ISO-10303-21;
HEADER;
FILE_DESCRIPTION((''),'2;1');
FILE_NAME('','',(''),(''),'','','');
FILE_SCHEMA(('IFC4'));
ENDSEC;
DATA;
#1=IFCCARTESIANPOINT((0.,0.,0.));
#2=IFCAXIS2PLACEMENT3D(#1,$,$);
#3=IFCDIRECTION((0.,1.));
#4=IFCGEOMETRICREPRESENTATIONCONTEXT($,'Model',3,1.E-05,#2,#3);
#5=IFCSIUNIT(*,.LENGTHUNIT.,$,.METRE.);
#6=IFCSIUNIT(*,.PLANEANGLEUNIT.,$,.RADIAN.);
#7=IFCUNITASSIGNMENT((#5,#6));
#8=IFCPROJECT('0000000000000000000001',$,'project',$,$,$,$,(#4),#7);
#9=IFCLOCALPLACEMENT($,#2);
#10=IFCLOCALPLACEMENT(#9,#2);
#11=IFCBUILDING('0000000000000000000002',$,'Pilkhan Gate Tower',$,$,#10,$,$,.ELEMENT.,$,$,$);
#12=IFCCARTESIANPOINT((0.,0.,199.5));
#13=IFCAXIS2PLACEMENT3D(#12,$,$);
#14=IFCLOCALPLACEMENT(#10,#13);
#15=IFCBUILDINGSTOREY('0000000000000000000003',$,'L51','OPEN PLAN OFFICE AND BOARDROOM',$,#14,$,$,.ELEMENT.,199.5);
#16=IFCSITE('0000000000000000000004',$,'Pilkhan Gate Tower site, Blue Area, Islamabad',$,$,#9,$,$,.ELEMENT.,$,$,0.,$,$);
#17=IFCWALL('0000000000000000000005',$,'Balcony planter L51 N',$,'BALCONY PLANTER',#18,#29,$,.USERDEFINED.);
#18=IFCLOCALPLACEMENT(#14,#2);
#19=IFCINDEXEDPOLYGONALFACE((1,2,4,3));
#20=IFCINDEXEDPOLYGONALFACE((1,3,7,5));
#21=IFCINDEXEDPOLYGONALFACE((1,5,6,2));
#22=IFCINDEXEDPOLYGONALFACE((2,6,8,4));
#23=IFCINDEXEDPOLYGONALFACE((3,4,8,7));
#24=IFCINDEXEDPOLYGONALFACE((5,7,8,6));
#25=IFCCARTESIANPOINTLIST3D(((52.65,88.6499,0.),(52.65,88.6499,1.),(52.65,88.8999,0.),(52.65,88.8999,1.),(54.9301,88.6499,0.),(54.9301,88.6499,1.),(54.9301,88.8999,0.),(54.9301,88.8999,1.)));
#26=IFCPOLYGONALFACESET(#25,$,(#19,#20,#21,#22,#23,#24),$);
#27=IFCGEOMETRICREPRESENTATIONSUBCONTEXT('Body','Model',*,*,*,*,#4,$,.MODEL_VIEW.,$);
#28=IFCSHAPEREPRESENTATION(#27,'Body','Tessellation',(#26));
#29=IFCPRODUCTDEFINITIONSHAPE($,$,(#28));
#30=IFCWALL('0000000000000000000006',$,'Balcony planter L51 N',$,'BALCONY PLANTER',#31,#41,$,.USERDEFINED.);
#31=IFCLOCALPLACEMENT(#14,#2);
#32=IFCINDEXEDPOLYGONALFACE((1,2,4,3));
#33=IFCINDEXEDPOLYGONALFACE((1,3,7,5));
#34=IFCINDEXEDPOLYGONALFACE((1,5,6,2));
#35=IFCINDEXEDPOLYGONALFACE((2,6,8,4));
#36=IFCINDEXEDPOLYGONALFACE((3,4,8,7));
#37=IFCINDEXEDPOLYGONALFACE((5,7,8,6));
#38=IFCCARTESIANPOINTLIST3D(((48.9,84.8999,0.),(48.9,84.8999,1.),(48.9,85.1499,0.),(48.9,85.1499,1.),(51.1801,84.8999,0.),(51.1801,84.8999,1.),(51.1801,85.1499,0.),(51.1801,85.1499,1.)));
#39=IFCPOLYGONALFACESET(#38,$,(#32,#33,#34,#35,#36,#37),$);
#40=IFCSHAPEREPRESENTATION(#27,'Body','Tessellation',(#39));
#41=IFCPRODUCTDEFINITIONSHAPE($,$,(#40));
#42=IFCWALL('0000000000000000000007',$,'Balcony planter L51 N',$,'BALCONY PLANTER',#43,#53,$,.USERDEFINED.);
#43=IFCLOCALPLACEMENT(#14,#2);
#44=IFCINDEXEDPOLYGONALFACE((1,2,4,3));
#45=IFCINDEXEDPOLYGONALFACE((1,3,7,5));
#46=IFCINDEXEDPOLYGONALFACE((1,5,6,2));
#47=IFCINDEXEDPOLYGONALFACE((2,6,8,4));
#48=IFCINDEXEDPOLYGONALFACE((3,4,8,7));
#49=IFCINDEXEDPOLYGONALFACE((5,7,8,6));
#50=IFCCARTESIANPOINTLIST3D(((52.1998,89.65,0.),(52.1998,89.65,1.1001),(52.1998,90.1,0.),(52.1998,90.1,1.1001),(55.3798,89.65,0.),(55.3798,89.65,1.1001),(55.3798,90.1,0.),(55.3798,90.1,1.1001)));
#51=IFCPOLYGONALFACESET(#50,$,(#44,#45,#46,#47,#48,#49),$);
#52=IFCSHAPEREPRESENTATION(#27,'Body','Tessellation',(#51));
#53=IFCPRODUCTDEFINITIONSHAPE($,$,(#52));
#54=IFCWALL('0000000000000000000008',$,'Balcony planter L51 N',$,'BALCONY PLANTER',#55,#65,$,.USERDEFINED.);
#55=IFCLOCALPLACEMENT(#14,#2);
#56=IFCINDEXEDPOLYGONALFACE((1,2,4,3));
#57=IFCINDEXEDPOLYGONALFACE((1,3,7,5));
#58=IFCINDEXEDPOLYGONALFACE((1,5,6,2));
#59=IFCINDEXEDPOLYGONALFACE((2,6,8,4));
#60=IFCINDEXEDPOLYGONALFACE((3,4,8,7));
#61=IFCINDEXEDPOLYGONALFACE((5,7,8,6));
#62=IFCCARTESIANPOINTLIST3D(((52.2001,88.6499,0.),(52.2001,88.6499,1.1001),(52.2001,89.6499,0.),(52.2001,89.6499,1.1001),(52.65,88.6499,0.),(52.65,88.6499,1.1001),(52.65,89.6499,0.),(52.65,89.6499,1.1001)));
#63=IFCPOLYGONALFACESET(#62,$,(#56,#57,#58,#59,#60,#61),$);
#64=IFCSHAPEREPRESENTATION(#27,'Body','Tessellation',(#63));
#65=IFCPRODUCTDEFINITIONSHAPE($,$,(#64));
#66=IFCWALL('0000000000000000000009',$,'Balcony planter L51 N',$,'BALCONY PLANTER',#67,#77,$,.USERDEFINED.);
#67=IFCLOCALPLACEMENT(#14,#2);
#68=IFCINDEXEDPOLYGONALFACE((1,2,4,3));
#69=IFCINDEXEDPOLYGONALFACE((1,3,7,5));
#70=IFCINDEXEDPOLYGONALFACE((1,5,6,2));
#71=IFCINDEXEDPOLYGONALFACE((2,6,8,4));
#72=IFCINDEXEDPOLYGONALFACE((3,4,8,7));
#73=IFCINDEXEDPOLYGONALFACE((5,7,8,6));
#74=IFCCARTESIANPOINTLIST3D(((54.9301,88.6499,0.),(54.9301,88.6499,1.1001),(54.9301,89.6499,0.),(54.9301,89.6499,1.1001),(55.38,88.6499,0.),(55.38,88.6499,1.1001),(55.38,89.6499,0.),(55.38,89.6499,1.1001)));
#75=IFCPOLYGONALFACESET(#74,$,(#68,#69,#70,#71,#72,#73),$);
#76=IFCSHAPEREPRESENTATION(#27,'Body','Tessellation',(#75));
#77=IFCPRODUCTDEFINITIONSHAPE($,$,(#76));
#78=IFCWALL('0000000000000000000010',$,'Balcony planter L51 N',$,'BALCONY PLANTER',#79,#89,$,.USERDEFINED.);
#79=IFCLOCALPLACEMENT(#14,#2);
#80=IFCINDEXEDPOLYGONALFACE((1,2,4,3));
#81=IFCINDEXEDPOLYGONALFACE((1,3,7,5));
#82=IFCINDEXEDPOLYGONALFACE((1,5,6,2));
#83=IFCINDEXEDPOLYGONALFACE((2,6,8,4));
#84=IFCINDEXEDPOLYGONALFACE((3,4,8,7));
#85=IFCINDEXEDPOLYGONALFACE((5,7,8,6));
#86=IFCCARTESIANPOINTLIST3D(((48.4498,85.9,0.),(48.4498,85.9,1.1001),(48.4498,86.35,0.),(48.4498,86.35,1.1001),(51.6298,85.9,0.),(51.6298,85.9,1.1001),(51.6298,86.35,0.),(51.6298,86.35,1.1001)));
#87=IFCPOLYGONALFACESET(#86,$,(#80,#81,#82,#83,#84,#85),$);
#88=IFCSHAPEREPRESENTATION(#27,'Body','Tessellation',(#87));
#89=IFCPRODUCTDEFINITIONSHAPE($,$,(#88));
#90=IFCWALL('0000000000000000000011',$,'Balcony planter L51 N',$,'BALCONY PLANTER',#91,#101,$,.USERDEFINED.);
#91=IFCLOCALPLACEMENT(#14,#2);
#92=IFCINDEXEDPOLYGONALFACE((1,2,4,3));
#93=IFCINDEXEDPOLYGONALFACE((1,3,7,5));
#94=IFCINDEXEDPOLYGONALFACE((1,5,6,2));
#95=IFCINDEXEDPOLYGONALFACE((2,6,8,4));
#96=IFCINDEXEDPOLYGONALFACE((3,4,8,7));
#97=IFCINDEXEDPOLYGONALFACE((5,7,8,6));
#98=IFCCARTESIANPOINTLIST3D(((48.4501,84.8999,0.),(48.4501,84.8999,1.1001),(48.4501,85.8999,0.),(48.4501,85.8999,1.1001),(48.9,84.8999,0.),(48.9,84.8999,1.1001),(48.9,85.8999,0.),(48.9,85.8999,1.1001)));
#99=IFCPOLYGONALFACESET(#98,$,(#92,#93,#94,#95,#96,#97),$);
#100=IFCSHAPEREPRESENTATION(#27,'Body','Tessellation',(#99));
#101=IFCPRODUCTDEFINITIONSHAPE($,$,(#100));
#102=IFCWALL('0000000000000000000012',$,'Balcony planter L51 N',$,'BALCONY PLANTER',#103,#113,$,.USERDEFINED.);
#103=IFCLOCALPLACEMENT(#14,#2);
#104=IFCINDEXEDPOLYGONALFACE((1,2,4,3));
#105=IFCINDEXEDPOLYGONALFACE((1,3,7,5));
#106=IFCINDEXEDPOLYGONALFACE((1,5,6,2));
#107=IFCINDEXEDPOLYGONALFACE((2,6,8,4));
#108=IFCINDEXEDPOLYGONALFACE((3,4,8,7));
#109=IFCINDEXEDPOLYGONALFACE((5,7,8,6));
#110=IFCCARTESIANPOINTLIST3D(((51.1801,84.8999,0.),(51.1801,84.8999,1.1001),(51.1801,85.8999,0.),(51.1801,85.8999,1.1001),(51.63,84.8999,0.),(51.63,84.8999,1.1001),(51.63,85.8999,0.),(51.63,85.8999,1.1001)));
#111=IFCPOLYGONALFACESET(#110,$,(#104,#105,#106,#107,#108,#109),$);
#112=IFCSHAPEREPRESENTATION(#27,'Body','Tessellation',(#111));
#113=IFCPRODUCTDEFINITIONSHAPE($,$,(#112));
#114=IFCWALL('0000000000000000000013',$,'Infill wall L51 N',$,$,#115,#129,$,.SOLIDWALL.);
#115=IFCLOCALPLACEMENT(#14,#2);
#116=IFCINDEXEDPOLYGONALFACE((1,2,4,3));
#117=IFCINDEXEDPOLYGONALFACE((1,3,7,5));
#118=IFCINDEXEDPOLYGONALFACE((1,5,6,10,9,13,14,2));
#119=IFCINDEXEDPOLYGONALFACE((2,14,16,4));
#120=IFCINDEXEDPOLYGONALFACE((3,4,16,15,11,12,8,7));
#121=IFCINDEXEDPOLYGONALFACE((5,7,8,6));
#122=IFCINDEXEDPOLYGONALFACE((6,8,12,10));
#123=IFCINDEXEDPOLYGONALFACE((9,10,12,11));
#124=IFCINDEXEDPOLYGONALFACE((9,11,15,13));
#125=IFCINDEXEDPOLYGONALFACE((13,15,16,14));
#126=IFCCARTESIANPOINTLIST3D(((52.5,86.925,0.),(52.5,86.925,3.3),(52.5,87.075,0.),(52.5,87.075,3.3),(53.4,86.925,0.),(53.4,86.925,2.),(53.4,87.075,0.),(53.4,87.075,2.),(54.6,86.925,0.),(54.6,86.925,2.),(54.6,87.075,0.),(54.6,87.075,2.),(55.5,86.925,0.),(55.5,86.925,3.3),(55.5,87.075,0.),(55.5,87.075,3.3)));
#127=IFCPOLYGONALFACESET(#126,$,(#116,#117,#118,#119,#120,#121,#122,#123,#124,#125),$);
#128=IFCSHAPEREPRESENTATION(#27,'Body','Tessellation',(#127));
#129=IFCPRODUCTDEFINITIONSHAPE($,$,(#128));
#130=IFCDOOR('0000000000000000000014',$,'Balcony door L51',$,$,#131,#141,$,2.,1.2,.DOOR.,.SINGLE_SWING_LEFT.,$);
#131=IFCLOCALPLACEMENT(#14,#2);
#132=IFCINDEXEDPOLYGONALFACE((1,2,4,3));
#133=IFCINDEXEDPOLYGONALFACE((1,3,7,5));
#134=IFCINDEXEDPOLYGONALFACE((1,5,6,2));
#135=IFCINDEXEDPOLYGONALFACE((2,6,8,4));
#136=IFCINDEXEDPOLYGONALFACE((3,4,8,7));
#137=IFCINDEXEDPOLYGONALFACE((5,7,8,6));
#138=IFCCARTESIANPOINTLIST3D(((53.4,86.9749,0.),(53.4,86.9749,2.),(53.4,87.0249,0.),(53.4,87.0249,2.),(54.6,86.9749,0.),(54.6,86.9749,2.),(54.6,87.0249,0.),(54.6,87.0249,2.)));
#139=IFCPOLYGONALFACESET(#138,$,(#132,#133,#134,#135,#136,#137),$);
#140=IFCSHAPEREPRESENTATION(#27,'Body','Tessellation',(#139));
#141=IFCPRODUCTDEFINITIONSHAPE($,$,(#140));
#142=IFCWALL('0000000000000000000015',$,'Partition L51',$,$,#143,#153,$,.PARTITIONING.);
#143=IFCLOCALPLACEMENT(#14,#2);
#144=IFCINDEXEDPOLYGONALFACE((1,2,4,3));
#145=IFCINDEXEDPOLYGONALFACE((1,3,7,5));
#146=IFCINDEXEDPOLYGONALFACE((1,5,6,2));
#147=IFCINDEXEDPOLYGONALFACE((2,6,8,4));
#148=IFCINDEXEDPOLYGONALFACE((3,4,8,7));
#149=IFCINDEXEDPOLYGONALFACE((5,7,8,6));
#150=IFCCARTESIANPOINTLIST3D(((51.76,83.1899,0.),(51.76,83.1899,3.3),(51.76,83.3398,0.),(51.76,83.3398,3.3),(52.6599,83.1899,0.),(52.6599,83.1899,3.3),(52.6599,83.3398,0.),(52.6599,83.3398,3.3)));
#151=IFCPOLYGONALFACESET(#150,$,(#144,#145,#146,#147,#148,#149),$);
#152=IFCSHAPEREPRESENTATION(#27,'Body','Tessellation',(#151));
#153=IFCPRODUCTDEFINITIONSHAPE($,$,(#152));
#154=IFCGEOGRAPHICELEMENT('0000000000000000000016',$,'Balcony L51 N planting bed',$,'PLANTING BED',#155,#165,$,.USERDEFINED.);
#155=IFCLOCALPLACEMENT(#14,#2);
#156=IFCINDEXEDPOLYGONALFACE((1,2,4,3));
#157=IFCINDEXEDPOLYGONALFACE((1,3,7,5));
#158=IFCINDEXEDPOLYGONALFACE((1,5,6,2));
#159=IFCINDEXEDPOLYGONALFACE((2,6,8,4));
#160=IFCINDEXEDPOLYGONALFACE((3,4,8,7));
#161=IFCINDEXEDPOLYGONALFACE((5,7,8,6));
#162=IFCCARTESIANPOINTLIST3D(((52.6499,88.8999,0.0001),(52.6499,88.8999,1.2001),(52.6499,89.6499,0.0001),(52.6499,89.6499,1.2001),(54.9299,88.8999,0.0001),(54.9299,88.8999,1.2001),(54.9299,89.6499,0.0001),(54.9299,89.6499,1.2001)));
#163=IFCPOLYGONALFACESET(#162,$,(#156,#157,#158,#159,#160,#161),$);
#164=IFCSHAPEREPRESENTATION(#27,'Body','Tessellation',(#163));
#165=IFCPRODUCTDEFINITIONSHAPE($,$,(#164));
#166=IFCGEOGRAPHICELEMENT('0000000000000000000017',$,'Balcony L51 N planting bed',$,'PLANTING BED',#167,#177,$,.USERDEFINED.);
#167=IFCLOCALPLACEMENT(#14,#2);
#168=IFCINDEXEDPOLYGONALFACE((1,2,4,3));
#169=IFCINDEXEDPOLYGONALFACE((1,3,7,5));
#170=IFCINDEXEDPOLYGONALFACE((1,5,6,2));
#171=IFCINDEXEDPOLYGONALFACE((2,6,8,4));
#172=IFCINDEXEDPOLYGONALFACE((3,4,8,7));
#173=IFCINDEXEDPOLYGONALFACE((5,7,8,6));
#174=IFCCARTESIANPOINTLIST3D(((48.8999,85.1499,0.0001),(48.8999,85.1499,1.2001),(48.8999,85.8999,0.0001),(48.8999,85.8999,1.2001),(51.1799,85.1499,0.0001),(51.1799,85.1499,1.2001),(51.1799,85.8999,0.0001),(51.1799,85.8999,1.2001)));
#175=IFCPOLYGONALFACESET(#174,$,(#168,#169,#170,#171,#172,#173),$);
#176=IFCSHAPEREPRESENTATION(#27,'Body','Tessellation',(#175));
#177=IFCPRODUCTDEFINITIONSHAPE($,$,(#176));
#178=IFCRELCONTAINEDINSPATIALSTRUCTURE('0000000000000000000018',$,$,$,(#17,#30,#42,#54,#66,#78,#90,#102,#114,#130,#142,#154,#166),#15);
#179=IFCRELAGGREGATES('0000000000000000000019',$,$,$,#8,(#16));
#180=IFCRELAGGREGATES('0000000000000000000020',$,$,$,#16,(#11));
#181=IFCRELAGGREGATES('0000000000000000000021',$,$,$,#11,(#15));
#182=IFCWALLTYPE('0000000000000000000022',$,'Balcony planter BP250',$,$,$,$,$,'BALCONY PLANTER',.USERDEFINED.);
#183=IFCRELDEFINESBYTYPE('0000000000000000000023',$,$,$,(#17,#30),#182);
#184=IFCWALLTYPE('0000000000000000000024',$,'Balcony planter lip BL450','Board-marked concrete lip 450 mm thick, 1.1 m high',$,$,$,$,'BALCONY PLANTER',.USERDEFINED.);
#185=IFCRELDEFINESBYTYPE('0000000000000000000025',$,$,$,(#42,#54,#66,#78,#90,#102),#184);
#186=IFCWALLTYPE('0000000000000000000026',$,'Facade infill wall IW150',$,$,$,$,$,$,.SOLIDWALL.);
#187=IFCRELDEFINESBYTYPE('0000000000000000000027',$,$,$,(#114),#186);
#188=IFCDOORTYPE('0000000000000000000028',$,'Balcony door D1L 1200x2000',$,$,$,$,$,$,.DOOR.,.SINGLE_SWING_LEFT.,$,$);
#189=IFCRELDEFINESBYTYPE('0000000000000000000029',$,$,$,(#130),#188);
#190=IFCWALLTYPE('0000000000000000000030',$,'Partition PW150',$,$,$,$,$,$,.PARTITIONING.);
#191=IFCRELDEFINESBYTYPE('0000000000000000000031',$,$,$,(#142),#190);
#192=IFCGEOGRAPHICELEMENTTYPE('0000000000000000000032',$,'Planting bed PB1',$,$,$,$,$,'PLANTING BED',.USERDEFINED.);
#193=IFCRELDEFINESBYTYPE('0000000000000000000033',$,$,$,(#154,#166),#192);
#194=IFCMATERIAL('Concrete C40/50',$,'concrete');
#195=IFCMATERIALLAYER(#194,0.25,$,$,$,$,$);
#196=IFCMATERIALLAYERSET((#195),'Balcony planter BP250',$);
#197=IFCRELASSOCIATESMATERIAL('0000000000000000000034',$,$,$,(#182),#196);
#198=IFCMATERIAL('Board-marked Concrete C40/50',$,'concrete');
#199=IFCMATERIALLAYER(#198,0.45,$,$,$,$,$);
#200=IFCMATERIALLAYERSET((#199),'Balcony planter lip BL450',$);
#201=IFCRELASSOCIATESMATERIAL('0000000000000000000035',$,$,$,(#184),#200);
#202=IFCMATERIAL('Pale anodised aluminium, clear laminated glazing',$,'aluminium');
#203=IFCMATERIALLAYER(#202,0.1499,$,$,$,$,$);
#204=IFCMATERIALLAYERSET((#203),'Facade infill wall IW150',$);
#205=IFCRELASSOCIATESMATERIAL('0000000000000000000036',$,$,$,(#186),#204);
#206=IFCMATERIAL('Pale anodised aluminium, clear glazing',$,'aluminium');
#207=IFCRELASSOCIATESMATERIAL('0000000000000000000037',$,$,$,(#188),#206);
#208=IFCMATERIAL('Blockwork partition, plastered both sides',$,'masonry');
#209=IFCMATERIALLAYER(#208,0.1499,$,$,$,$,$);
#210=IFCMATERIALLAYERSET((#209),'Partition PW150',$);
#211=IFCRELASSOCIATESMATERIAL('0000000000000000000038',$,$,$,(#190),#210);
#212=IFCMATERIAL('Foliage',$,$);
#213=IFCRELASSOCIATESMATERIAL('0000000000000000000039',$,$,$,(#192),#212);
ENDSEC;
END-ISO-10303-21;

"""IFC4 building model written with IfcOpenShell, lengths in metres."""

from ifc_helpers import new_model, si_unit, direction, frame, frame_2d, origin, origin_2d, place, context, subcontext, project, spatial, rectangle, extrude, material, layer, layer_set, material_profile, profile_set, type_object, element, fill, save


model = new_model("IFC4")

# Units and contexts
model_context = context("Model", 3, precision=1e-05, world=origin(), true_north=direction((0.0, 1.0)))
body_context = subcontext(model_context, "Body", "Model", "MODEL_VIEW")
ifc_project = project(units=[si_unit("LENGTHUNIT", "METRE"), si_unit("PLANEANGLEUNIT", "RADIAN")], contexts=[model_context])

# Site, building, storey
site_placement = place(None, origin())
site = spatial("IfcSite", under=ifc_project, at=site_placement, Name="Pilkhan Gate Tower site, Blue Area, Islamabad", CompositionType="ELEMENT", RefElevation=0.0)
building_placement = place(site_placement, origin())
building = spatial("IfcBuilding", under=site, at=building_placement, Name="Pilkhan Gate Tower", CompositionType="ELEMENT")
storey_placement = place(building_placement, frame((0.0, 0.0, 199.5)))
storey = spatial("IfcBuildingStorey", under=building, at=storey_placement, Name="L51", Description="OPEN PLAN OFFICE AND BOARDROOM", CompositionType="ELEMENT", Elevation=199.5)

# Walls
ifc_material_1 = material(Name="Concrete C40/50", Category="concrete")
ifc_layer_1 = layer(ifc_material_1, 0.25)
ifc_layer_set_1 = layer_set([ifc_layer_1], Name="Balcony planter BP250")
wall_type_1 = type_object("IfcWallType", Name="Balcony planter BP250", ElementType="BALCONY PLANTER", PredefinedType="USERDEFINED", material=ifc_layer_set_1)
for number, where, z_axis, x_axis, name in (
    (1, (52.6499, 88.7749, 0.0), (0.0, 0.0, 1.0), (1.0, 0.0, 0.0), "Balcony planter L51 N"),
    (2, (48.8999, 85.0249, 0.0), (0.0, 0.0, 1.0), (1.0, 0.0, 0.0), "Balcony planter L51 N"),
):
    element("IfcWall", number, at=place(storey_placement, frame(where, z_axis=z_axis, x_axis=x_axis)), inside=storey, type_object=wall_type_1, Name=name, ObjectType="BALCONY PLANTER", PredefinedType="USERDEFINED", context=body_context, shape_type="SweptSolid", body=[
        extrude(rectangle(XDim=2.28, YDim=0.25, at=frame_2d((1.1401, 0.0))), origin(), (0.0, 0.0, 1.0), 1.0),
    ])
ifc_material_2 = material(Name="Board-marked Concrete C40/50", Category="concrete")
ifc_layer_2 = layer(ifc_material_2, 0.45)
ifc_layer_set_2 = layer_set([ifc_layer_2], Name="Balcony planter lip BL450")
wall_type_2 = type_object("IfcWallType", Name="Balcony planter lip BL450", Description="Board-marked concrete lip 450 mm thick, 1.1 m high", ElementType="BALCONY PLANTER", PredefinedType="USERDEFINED", material=ifc_layer_set_2)
wall_1_placement = place(storey_placement, frame((52.2, 89.875, 0.0), z_axis=(0.0, 0.0, 1.0), x_axis=(1.0, 0.0, 0.0)))
element("IfcWall", 3, at=wall_1_placement, inside=storey, type_object=wall_type_2, Name="Balcony planter L51 N", ObjectType="BALCONY PLANTER", PredefinedType="USERDEFINED", context=body_context, shape_type="SweptSolid", body=[
    extrude(rectangle(XDim=3.1799, YDim=0.45, at=frame_2d((1.5898, 0.0))), origin(), (0.0, 0.0, 1.0), 1.1001),
])
for number, where, z_axis, x_axis, name in (
    (4, (52.425, 88.6499, 0.0), (0.0, 0.0, 1.0), (0.0, 1.0, 0.0), "Balcony planter L51 N"),
    (5, (55.155, 88.6499, 0.0), (0.0, 0.0, 1.0), (0.0, 1.0, 0.0), "Balcony planter L51 N"),
):
    element("IfcWall", number, at=place(storey_placement, frame(where, z_axis=z_axis, x_axis=x_axis)), inside=storey, type_object=wall_type_2, Name=name, ObjectType="BALCONY PLANTER", PredefinedType="USERDEFINED", context=body_context, shape_type="SweptSolid", body=[
        extrude(rectangle(XDim=1.0, YDim=0.45, at=frame_2d((0.5, 0.0))), origin(), (0.0, 0.0, 1.0), 1.1001),
    ])
wall_2_placement = place(storey_placement, frame((48.45, 86.125, 0.0), z_axis=(0.0, 0.0, 1.0), x_axis=(1.0, 0.0, 0.0)))
element("IfcWall", 6, at=wall_2_placement, inside=storey, type_object=wall_type_2, Name="Balcony planter L51 N", ObjectType="BALCONY PLANTER", PredefinedType="USERDEFINED", context=body_context, shape_type="SweptSolid", body=[
    extrude(rectangle(XDim=3.1799, YDim=0.45, at=frame_2d((1.5898, 0.0))), origin(), (0.0, 0.0, 1.0), 1.1001),
])
for number, where, z_axis, x_axis, name in (
    (7, (48.675, 84.8999, 0.0), (0.0, 0.0, 1.0), (0.0, 1.0, 0.0), "Balcony planter L51 N"),
    (8, (51.405, 84.8999, 0.0), (0.0, 0.0, 1.0), (0.0, 1.0, 0.0), "Balcony planter L51 N"),
):
    element("IfcWall", number, at=place(storey_placement, frame(where, z_axis=z_axis, x_axis=x_axis)), inside=storey, type_object=wall_type_2, Name=name, ObjectType="BALCONY PLANTER", PredefinedType="USERDEFINED", context=body_context, shape_type="SweptSolid", body=[
        extrude(rectangle(XDim=1.0, YDim=0.45, at=frame_2d((0.5, 0.0))), origin(), (0.0, 0.0, 1.0), 1.1001),
    ])

# Wall, opening, door
ifc_material_3 = material(Name="Pale anodised aluminium, clear laminated glazing", Category="aluminium")
ifc_layer_3 = layer(ifc_material_3, 0.1499)
ifc_layer_set_3 = layer_set([ifc_layer_3], Name="Facade infill wall IW150")
wall_type_3 = type_object("IfcWallType", Name="Facade infill wall IW150", PredefinedType="SOLIDWALL", material=ifc_layer_set_3)
wall_3_placement = place(storey_placement, frame((52.5, 87.0, 0.0), z_axis=(0.0, 0.0, 1.0), x_axis=(1.0, 0.0, 0.0)))
wall_3 = element("IfcWall", 9, at=wall_3_placement, inside=storey, type_object=wall_type_3, Name="Infill wall L51 N", PredefinedType="SOLIDWALL", context=body_context, shape_type="SweptSolid", body=[
    extrude(rectangle(XDim=3.0, YDim=0.1499, at=frame_2d((1.5, 0.0))), origin(), (0.0, 0.0, 1.0), 3.3),
])
opening_placement = place(wall_3_placement, frame((0.8999, 0.0, 0.0)))
opening = element("IfcOpeningElement", 10, at=opening_placement, cuts=wall_3, PredefinedType="OPENING", context=body_context, shape_type="SweptSolid", body=[
    extrude(rectangle(XDim=1.2, YDim=2.0, at=frame_2d((0.6001, 1.0))), frame((0.0, 0.085, 0.0), z_axis=(0.0, -1.0, 0.0), x_axis=(1.0, 0.0, 0.0)), (0.0, 0.0, 1.0), 0.1699),
])
ifc_material_4 = material(Name="Pale anodised aluminium, clear glazing", Category="aluminium")
door_type = type_object("IfcDoorType", Name="Balcony door D1L 1200x2000", OperationType="SINGLE_SWING_LEFT", PredefinedType="DOOR", material=ifc_material_4)
door_placement = place(opening_placement, origin())
door = element("IfcDoor", 11, at=door_placement, inside=storey, type_object=door_type, Name="Balcony door L51", OperationType="SINGLE_SWING_LEFT", OverallHeight=2.0, OverallWidth=1.2, PredefinedType="DOOR", context=body_context, shape_type="SweptSolid", body=[
    extrude(rectangle(XDim=1.2, YDim=2.0, at=frame_2d((0.6001, 1.0))), frame((0.0, 0.0249, 0.0), z_axis=(0.0, -1.0, 0.0), x_axis=(1.0, 0.0, 0.0)), (0.0, 0.0, 1.0), 0.05),
])
fill(opening, door)

# Wall
ifc_material_5 = material(Name="Blockwork partition, plastered both sides", Category="masonry")
ifc_layer_4 = layer(ifc_material_5, 0.1499)
ifc_layer_set_4 = layer_set([ifc_layer_4], Name="Partition PW150")
wall_type_4 = type_object("IfcWallType", Name="Partition PW150", PredefinedType="PARTITIONING", material=ifc_layer_set_4)
wall_4_placement = place(storey_placement, frame((51.76, 83.2649, 0.0), z_axis=(0.0, 0.0, 1.0), x_axis=(1.0, 0.0, 0.0)))
element("IfcWall", 12, at=wall_4_placement, inside=storey, type_object=wall_type_4, Name="Partition L51", PredefinedType="PARTITIONING", context=body_context, shape_type="SweptSolid", body=[
    extrude(rectangle(XDim=0.8999, YDim=0.1499, at=frame_2d((0.45, 0.0))), origin(), (0.0, 0.0, 1.0), 3.3),
])

# Geographic elements
ifc_material_6 = material(Name="Foliage")
ifc_material_profile_1 = material_profile(ifc_material_6, rectangle(XDim=0.75, YDim=1.2, at=origin_2d()), Name="Bed 750x1200")
ifc_profile_set_1 = profile_set([ifc_material_profile_1], Name="Foliage")
geographic_element_type_1 = type_object("IfcGeographicElementType", Name="Planting bed PB1", ElementType="PLANTING BED", PredefinedType="USERDEFINED", material=ifc_profile_set_1)
for number, where, z_axis, x_axis, name in (
    (13, (52.6499, 89.2749, 0.6001), (1.0, 0.0, 0.0), (0.0, 1.0, 0.0), "Balcony L51 N planting bed"),
    (14, (48.8999, 85.5249, 0.6001), (1.0, 0.0, 0.0), (0.0, 1.0, 0.0), "Balcony L51 N planting bed"),
):
    element("IfcGeographicElement", number, at=place(storey_placement, frame(where, z_axis=z_axis, x_axis=x_axis)), inside=storey, type_object=geographic_element_type_1, Name=name, ObjectType="PLANTING BED", PredefinedType="USERDEFINED", context=body_context, shape_type="SweptSolid", body=[
        extrude(rectangle(XDim=0.75, YDim=1.2, at=origin_2d()), origin(), (0.0, 0.0, 1.0), 2.28),
    ])

save(model, "model.ifc")
